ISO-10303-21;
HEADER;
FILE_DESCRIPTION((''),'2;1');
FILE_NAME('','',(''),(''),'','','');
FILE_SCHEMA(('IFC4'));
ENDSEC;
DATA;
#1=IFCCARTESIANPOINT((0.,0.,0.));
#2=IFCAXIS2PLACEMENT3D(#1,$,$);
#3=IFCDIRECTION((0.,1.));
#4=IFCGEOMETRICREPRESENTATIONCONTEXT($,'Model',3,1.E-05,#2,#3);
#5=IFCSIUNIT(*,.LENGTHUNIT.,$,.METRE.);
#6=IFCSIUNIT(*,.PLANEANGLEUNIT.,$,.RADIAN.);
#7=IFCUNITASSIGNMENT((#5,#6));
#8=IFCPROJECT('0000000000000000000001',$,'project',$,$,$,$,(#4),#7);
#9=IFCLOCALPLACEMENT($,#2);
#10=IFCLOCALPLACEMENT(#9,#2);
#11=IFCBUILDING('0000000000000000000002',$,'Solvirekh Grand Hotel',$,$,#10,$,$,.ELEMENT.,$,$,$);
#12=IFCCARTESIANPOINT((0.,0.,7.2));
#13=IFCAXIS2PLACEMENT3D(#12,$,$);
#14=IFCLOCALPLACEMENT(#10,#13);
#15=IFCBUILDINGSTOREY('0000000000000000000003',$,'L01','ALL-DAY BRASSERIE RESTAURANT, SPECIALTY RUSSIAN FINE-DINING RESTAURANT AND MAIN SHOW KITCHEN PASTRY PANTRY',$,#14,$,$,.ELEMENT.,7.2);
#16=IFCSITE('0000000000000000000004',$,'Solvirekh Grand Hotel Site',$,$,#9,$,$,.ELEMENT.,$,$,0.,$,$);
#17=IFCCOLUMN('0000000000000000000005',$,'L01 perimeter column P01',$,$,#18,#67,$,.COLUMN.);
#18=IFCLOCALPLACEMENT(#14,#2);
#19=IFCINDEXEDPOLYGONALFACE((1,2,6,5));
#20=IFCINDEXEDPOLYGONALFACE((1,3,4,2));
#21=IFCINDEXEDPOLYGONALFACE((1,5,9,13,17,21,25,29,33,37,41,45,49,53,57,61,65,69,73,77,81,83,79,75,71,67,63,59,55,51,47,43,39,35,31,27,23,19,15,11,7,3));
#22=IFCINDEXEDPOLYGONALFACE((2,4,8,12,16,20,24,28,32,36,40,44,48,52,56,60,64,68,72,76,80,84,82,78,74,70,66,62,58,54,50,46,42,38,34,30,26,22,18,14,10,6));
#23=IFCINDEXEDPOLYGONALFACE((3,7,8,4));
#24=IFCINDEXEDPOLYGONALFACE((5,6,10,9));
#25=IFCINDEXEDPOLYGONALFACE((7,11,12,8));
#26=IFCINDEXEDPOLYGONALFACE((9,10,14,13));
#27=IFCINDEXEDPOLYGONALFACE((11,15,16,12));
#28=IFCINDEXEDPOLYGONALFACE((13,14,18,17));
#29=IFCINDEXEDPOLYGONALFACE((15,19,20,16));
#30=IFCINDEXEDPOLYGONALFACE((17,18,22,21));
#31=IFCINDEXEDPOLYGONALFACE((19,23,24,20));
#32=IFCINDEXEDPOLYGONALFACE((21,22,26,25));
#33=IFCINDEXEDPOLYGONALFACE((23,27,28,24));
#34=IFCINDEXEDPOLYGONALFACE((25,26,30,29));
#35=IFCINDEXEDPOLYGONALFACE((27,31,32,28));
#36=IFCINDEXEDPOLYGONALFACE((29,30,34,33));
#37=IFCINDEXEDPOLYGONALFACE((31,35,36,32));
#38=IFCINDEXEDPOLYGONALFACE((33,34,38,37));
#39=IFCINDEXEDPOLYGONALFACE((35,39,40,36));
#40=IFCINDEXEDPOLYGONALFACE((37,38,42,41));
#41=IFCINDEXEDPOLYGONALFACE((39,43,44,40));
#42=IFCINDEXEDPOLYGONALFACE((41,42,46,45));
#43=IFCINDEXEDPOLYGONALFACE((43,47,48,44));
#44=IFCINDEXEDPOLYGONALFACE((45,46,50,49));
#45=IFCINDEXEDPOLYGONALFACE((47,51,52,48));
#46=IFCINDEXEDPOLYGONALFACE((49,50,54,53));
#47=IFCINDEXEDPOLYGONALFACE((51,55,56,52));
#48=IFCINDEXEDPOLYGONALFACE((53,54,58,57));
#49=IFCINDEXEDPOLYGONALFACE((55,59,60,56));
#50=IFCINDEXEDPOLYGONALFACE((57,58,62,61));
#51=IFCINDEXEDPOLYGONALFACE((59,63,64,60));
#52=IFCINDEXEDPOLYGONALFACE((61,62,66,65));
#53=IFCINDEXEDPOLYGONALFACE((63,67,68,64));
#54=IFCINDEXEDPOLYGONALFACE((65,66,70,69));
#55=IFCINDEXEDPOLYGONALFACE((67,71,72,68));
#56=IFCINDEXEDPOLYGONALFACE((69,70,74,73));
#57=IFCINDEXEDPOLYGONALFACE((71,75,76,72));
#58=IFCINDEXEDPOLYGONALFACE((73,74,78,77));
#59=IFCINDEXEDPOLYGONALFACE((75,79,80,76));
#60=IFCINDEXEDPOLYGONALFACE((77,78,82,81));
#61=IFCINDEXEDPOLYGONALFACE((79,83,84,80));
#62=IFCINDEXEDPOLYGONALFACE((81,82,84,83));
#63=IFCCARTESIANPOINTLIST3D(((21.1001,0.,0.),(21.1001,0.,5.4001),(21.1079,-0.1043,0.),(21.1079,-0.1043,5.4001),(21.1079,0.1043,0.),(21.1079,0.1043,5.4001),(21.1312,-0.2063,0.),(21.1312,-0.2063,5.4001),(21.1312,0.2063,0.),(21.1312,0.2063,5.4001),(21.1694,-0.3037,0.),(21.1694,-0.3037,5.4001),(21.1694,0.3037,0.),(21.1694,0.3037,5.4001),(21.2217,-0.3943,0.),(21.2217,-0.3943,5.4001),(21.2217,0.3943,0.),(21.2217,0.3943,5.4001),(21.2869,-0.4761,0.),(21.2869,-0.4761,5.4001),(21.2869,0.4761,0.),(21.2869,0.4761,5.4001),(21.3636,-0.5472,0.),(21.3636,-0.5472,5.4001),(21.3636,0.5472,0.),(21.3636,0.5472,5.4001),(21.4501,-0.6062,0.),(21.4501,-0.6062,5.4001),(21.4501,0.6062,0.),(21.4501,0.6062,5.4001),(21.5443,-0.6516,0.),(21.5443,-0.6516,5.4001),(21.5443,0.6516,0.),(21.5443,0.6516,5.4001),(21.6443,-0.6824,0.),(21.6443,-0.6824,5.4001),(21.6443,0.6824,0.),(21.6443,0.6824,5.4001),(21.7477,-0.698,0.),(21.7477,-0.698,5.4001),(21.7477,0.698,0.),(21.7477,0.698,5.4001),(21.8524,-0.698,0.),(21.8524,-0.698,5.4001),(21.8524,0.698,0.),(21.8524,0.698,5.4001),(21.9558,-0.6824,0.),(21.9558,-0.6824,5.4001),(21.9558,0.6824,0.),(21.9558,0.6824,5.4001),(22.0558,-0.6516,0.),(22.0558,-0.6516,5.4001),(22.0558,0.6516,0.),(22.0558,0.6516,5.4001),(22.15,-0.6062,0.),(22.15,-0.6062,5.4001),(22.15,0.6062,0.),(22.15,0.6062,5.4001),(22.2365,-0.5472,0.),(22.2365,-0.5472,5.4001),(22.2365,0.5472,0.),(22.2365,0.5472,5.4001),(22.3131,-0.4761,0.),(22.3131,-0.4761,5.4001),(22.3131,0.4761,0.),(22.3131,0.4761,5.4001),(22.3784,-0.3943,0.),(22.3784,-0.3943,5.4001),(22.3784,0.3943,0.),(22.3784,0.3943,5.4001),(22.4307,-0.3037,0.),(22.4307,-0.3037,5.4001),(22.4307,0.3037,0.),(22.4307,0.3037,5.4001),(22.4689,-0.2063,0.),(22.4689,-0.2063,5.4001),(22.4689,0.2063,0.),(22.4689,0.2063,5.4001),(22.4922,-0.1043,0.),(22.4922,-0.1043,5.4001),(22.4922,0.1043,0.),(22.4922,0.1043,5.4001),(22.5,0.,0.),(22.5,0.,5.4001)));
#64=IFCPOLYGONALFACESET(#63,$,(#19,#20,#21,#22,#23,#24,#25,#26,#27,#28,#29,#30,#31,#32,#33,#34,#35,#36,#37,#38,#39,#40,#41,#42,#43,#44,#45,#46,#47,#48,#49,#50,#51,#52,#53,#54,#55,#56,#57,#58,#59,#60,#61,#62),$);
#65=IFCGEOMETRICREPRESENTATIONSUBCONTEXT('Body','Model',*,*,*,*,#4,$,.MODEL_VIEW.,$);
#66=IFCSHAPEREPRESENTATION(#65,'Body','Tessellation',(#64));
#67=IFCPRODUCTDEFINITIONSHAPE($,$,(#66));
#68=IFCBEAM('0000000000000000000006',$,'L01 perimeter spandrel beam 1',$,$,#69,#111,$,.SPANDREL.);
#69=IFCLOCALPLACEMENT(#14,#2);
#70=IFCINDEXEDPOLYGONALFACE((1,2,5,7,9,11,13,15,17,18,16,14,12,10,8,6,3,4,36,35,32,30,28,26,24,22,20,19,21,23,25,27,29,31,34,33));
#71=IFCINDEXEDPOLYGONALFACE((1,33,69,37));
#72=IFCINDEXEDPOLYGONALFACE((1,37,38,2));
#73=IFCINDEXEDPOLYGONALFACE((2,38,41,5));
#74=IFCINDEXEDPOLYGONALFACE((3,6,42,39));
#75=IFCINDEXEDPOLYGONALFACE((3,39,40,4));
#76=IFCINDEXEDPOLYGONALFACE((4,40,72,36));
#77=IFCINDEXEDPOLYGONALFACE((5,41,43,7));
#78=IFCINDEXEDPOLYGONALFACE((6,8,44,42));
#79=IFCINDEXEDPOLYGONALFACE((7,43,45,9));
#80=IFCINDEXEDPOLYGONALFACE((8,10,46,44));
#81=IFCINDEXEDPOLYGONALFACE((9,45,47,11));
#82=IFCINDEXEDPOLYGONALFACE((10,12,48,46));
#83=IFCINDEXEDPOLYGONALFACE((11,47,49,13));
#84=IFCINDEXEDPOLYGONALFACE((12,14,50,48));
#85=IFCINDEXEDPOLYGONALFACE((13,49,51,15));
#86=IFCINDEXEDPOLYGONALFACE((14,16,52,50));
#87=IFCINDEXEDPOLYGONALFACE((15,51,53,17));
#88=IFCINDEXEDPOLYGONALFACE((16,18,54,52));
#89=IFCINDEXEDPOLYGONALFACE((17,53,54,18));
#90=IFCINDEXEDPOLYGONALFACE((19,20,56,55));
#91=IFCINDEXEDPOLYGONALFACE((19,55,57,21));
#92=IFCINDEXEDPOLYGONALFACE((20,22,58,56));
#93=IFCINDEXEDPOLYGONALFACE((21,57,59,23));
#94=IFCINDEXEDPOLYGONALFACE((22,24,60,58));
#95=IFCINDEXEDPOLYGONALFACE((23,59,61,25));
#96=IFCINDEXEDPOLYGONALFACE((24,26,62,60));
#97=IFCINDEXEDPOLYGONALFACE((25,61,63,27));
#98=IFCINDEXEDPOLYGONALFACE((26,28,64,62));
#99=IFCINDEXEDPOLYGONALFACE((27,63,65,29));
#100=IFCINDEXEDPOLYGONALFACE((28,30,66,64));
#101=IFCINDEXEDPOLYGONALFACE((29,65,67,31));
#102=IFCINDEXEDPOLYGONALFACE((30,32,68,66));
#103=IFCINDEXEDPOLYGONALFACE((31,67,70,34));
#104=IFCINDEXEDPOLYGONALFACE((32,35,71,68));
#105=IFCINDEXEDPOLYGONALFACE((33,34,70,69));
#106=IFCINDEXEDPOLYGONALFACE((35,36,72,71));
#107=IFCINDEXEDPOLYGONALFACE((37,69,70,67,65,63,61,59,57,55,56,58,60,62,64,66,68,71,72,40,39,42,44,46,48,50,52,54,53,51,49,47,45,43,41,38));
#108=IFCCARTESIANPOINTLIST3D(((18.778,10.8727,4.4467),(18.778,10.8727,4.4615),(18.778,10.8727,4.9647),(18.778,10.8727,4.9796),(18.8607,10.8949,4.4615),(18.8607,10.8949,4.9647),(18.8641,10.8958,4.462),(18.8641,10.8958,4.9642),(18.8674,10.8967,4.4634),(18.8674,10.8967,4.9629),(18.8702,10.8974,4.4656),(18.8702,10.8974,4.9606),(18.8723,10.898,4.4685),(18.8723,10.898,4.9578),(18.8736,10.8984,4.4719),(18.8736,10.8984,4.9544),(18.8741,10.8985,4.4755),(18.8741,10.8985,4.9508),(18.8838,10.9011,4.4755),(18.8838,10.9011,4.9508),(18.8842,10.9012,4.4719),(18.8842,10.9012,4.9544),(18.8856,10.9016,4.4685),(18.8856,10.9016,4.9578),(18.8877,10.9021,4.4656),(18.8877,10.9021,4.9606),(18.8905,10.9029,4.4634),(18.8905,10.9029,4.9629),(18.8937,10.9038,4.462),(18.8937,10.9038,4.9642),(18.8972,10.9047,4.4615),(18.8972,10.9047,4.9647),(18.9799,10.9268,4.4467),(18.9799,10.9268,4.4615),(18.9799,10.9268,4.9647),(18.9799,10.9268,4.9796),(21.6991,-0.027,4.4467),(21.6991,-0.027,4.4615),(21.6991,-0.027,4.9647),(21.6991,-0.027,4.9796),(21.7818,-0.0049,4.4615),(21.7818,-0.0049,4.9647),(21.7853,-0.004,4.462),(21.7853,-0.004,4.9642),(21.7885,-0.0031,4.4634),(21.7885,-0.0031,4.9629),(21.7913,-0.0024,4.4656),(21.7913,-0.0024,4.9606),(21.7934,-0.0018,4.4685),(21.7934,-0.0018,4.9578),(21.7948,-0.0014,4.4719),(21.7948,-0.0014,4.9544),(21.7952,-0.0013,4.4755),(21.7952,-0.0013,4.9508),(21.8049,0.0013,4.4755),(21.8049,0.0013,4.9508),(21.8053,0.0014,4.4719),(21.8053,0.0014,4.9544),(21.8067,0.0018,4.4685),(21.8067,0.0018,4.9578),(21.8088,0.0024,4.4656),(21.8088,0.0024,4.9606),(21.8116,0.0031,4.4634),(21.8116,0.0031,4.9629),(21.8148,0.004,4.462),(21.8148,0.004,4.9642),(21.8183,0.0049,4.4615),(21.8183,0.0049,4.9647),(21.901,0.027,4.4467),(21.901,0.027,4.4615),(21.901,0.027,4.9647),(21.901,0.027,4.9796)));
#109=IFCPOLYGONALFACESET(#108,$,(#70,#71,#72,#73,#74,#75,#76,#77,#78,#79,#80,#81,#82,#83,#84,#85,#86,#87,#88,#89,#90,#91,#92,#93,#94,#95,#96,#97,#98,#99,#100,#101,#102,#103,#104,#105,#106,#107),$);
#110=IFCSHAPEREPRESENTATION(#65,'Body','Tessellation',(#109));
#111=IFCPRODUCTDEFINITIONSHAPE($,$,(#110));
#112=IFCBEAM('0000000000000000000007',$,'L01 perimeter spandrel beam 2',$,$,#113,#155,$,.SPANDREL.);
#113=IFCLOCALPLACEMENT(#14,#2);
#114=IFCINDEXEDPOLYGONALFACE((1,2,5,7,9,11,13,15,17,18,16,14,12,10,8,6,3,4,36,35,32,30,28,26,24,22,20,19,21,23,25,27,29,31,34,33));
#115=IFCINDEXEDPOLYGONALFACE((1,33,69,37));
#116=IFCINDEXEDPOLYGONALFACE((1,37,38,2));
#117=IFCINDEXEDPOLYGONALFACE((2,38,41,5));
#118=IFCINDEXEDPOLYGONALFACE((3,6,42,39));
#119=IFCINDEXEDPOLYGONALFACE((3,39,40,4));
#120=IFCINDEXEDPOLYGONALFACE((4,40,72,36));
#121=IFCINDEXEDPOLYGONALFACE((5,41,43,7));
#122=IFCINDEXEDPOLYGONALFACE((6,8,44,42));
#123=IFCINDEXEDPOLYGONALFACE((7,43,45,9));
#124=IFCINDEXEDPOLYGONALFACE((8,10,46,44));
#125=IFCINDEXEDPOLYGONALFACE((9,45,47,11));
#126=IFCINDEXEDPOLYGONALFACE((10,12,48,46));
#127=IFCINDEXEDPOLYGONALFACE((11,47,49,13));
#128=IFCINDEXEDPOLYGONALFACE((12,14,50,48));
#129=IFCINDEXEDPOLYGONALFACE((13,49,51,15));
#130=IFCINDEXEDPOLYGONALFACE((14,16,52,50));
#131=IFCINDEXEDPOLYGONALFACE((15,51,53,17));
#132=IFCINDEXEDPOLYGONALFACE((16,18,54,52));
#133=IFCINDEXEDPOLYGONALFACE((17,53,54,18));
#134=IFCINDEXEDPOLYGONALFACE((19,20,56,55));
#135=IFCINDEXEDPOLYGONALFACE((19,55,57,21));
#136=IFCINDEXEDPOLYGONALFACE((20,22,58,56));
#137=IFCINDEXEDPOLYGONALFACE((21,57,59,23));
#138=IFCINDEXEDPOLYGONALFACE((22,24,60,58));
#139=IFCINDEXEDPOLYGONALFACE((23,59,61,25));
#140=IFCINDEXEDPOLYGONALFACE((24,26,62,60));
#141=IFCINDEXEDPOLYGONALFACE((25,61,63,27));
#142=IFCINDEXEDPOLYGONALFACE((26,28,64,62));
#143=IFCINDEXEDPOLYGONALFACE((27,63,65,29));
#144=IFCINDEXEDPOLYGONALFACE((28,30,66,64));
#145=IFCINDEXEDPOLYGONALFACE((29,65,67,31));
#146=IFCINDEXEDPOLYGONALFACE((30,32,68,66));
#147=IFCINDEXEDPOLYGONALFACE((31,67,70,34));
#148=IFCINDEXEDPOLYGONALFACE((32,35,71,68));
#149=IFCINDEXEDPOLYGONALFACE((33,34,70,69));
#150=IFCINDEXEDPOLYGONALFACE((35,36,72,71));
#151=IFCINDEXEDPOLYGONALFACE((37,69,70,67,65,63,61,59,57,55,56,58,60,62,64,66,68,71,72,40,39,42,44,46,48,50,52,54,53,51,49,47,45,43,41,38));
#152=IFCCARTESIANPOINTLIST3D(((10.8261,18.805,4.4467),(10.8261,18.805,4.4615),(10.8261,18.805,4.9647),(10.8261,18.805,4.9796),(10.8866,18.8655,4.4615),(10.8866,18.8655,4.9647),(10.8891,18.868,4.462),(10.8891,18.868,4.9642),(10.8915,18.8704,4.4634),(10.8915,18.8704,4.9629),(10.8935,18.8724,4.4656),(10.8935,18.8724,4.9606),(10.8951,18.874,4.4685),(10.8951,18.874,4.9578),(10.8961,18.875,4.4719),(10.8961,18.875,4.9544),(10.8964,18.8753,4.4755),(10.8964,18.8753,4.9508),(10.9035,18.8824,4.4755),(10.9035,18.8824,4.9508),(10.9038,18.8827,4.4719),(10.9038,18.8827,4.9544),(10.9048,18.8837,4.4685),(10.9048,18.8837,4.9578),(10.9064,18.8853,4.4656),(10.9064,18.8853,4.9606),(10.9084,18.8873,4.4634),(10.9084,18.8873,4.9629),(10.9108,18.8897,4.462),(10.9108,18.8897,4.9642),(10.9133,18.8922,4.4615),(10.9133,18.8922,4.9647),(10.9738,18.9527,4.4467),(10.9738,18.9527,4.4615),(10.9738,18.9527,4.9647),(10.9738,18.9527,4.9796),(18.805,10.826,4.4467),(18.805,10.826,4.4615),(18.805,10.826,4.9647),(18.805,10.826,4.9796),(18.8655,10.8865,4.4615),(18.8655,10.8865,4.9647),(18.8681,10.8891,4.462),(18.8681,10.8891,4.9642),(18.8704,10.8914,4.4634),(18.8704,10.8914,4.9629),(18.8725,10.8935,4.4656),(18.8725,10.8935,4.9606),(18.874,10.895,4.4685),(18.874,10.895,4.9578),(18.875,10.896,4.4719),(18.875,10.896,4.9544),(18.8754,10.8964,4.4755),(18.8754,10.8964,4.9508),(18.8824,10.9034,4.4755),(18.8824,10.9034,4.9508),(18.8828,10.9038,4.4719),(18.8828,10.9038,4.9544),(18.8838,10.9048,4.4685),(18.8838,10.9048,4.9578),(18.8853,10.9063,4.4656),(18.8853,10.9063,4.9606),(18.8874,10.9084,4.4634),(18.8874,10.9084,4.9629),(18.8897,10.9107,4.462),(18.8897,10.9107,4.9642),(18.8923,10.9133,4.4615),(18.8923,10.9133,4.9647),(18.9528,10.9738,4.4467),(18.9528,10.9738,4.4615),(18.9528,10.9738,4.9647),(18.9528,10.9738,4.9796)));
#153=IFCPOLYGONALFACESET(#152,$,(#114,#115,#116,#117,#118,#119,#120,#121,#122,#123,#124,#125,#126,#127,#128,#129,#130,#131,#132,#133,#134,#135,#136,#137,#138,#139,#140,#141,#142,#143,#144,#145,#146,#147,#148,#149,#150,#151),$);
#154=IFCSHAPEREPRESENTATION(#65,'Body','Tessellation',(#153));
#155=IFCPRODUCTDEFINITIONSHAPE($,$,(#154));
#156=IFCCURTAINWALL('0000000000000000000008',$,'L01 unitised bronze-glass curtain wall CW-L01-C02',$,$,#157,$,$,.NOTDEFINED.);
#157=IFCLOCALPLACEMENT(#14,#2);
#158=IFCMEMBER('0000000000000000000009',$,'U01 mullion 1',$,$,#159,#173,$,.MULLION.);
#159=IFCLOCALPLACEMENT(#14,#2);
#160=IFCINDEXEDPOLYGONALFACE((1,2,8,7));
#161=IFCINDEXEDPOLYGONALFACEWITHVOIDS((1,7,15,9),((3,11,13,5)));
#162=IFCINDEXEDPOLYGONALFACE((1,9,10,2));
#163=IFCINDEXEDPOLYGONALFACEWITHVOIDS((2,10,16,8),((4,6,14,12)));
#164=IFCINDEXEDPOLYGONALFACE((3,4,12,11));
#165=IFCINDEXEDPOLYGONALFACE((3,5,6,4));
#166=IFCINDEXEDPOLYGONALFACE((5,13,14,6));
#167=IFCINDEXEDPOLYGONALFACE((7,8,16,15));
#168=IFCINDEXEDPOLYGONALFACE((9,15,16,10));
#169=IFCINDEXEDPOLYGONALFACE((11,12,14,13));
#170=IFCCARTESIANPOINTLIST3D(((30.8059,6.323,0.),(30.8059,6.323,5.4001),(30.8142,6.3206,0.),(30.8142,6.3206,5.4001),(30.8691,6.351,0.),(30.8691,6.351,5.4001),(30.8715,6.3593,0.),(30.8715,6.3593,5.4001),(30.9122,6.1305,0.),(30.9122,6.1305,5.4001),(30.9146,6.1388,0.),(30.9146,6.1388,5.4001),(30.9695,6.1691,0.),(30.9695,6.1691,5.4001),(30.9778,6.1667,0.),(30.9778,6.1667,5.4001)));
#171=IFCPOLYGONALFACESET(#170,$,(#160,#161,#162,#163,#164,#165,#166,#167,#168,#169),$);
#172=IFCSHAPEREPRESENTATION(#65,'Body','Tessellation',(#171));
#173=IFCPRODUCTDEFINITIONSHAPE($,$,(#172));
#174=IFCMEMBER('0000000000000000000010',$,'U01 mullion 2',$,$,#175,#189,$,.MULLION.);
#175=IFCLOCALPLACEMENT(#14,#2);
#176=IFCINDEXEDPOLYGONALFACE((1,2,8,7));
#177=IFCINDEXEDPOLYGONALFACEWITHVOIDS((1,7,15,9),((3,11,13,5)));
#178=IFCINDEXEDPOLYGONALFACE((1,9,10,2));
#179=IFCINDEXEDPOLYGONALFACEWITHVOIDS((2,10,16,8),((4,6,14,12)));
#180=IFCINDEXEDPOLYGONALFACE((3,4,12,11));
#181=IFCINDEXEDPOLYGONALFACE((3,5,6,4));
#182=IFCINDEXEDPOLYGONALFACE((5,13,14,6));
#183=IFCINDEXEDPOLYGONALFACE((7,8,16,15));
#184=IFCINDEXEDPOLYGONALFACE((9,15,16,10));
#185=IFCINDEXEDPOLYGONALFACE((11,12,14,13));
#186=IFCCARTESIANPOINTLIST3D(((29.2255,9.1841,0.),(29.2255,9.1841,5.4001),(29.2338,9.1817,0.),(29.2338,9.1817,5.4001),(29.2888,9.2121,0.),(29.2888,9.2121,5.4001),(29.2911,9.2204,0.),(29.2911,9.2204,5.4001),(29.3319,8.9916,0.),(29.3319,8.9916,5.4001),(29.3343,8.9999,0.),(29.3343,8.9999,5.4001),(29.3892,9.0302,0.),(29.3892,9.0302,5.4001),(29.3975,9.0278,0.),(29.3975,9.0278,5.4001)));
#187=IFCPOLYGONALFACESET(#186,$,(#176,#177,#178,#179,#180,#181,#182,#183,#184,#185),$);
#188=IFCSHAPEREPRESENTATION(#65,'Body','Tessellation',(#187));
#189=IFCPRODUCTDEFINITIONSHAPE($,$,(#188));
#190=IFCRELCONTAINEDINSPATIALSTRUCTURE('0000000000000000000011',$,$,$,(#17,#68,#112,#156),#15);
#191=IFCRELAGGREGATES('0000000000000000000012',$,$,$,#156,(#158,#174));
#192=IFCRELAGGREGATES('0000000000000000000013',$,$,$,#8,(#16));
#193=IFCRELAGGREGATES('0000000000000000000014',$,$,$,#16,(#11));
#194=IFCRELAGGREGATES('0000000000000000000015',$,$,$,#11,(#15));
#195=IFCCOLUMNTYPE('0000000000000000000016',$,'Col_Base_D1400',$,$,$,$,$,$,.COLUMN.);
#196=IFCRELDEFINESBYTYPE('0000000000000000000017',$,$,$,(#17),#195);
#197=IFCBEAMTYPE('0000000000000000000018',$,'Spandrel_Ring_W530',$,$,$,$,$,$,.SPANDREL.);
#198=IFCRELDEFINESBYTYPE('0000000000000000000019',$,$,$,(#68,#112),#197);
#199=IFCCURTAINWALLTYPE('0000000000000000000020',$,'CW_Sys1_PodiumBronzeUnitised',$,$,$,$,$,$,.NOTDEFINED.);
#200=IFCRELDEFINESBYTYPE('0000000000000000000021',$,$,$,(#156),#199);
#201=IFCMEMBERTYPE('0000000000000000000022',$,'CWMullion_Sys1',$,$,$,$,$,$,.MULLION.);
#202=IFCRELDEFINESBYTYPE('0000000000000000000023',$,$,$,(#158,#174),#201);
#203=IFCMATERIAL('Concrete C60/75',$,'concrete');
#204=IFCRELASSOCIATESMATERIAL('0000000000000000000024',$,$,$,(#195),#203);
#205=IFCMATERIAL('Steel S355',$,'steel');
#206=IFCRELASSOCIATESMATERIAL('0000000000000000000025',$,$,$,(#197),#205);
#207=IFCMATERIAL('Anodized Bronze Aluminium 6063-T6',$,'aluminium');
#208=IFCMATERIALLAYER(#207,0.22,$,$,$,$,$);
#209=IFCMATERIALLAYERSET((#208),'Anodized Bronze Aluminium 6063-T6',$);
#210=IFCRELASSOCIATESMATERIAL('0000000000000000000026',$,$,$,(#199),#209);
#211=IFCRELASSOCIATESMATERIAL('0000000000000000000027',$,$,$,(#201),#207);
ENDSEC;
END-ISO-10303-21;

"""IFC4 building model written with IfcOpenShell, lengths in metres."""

from ifc_helpers import new_model, si_unit, direction, frame, origin, origin_2d, place, context, subcontext, project, spatial, hollow_rectangle, circle, i_section, extrude, source, transform, mapped, material, layer, layer_set, material_profile, profile_set, type_object, element, aggregate, save


model = new_model("IFC4")

# Units and contexts
model_context = context("Model", 3, precision=1e-05, world=origin(), true_north=direction((0.0, 1.0)))
body_context = subcontext(model_context, "Body", "Model", "MODEL_VIEW")
ifc_project = project(units=[si_unit("LENGTHUNIT", "METRE"), si_unit("PLANEANGLEUNIT", "RADIAN")], contexts=[model_context])

# Site, building, storey
site_placement = place(None, origin())
site = spatial("IfcSite", under=ifc_project, at=site_placement, Name="Solvirekh Grand Hotel Site", CompositionType="ELEMENT", RefElevation=0.0)
building_placement = place(site_placement, origin())
building = spatial("IfcBuilding", under=site, at=building_placement, Name="Solvirekh Grand Hotel", CompositionType="ELEMENT")
storey_placement = place(building_placement, frame((0.0, 0.0, 7.2)))
storey = spatial("IfcBuildingStorey", under=building, at=storey_placement, Name="L01", Description="ALL-DAY BRASSERIE RESTAURANT, SPECIALTY RUSSIAN FINE-DINING RESTAURANT AND MAIN SHOW KITCHEN PASTRY PANTRY", CompositionType="ELEMENT", Elevation=7.2)

# Column
ifc_material_1 = material(Name="Concrete C60/75", Category="concrete")
ifc_material_profile_1 = material_profile(ifc_material_1, circle(Radius=0.7, at=origin_2d()), Name="RC CIRC D1400")
ifc_profile_set_1 = profile_set([ifc_material_profile_1], Name="Concrete C60/75")
column_type = type_object("IfcColumnType", Name="Col_Base_D1400", PredefinedType="COLUMN", material=ifc_profile_set_1)
column_placement = place(storey_placement, frame((21.8, 0.0, 0.0), z_axis=(0.0, 0.0, 1.0), x_axis=(1.0, 0.0, 0.0)))
element("IfcColumn", 1, at=column_placement, inside=storey, type_object=column_type, Name="L01 perimeter column P01", PredefinedType="COLUMN", context=body_context, shape_type="SweptSolid", body=[
    extrude(circle(Radius=0.7, at=origin_2d()), origin(), (0.0, 0.0, 1.0), 5.4001),
])

# Beams
ifc_material_2 = material(Name="Steel S355", Category="steel")
ifc_material_profile_2 = material_profile(ifc_material_2, i_section(OverallWidth=0.209, OverallDepth=0.533, WebThickness=0.01, FlangeThickness=0.0149, FilletRadius=0.0139, at=origin_2d()), Name="W530X92")
ifc_profile_set_2 = profile_set([ifc_material_profile_2], Name="Steel S355")
beam_type = type_object("IfcBeamType", Name="Spandrel_Ring_W530", PredefinedType="SPANDREL", material=ifc_profile_set_2)
beam_1_placement = place(storey_placement, frame((21.8, 0.0, 4.7131), z_axis=(-0.258862, 0.965914, 0.0), x_axis=(-0.965914, -0.258862, 0.0)))
element("IfcBeam", 2, at=beam_1_placement, inside=storey, type_object=beam_type, Name="L01 perimeter spandrel beam 1", PredefinedType="SPANDREL", context=body_context, shape_type="SweptSolid", body=[
    extrude(i_section(OverallWidth=0.209, OverallDepth=0.533, WebThickness=0.01, FlangeThickness=0.0149, FilletRadius=0.0139, at=origin_2d()), origin(), (0.0, 0.0, 1.0), 11.2844),
])
beam_2_placement = place(storey_placement, frame((18.8789, 10.8999, 4.7131), z_axis=(-0.707107, 0.707107, 0.0), x_axis=(-0.707107, -0.707107, 0.0)))
element("IfcBeam", 3, at=beam_2_placement, inside=storey, type_object=beam_type, Name="L01 perimeter spandrel beam 2", PredefinedType="SPANDREL", context=body_context, shape_type="SweptSolid", body=[
    extrude(i_section(OverallWidth=0.209, OverallDepth=0.533, WebThickness=0.01, FlangeThickness=0.0149, FilletRadius=0.0139, at=origin_2d()), origin(), (0.0, 0.0, 1.0), 11.2839),
])

# Curtain wall, members
ifc_material_3 = material(Name="Anodized Bronze Aluminium 6063-T6", Category="aluminium")
ifc_layer_1 = layer(ifc_material_3, 0.22)
ifc_layer_set_1 = layer_set([ifc_layer_1], Name="Anodized Bronze Aluminium 6063-T6")
curtain_wall_type = type_object("IfcCurtainWallType", Name="CW_Sys1_PodiumBronzeUnitised", PredefinedType="NOTDEFINED", material=ifc_layer_set_1)
curtain_wall_1_placement = place(storey_placement, origin())
curtain_wall_1 = element("IfcCurtainWall", 4, at=curtain_wall_1_placement, inside=storey, type_object=curtain_wall_type, Name="L01 unitised bronze-glass curtain wall CW-L01-C02", PredefinedType="NOTDEFINED")
ifc_material_profile_3 = material_profile(ifc_material_3, hollow_rectangle(XDim=0.075, YDim=0.22, WallThickness=0.0061, at=origin_2d()), Name="ALU RHS 220X75X6")
ifc_profile_set_3 = profile_set([ifc_material_profile_3], Name="Anodized Bronze Aluminium 6063-T6")
member_type_1 = type_object("IfcMemberType", Name="CWMullion_Sys1", PredefinedType="MULLION", material=ifc_profile_set_3)
shared_shape_1 = source(origin(), body_context, "Body", "SweptSolid", [
    extrude(hollow_rectangle(XDim=0.075, YDim=0.22, WallThickness=0.0061, at=origin_2d()), origin(), (0.0, 0.0, 1.0), 5.4001),
])
member_1_placement = place(storey_placement, frame((30.8918, 6.2449, 0.0), z_axis=(0.0, 0.0, 1.0), x_axis=(-0.875346, -0.483497, 0.0)))
member_1 = element("IfcMember", 5, at=member_1_placement, type_object=member_type_1, Name="U01 mullion 1", PredefinedType="MULLION", context=body_context, shape_type="MappedRepresentation", body=[
    mapped(shared_shape_1, transform((0.0, 0.0, 0.0), x_axis=(1.0, 0.0, 0.0), y_axis=(0.0, 1.0, 0.0), z_axis=(0.0, 0.0, 1.0), scale=1.0)),
])
member_2_placement = place(storey_placement, frame((29.3115, 9.106, 0.0), z_axis=(0.0, 0.0, 1.0), x_axis=(-0.875346, -0.483497, 0.0)))
member_2 = element("IfcMember", 6, at=member_2_placement, type_object=member_type_1, Name="U01 mullion 2", PredefinedType="MULLION", context=body_context, shape_type="MappedRepresentation", body=[
    mapped(shared_shape_1, transform((0.0, 0.0, 0.0), x_axis=(1.0, 0.0, 0.0), y_axis=(0.0, 1.0, 0.0), z_axis=(0.0, 0.0, 1.0), scale=1.0)),
])

aggregate(curtain_wall_1, [member_1, member_2])

save(model, "model.ifc")
